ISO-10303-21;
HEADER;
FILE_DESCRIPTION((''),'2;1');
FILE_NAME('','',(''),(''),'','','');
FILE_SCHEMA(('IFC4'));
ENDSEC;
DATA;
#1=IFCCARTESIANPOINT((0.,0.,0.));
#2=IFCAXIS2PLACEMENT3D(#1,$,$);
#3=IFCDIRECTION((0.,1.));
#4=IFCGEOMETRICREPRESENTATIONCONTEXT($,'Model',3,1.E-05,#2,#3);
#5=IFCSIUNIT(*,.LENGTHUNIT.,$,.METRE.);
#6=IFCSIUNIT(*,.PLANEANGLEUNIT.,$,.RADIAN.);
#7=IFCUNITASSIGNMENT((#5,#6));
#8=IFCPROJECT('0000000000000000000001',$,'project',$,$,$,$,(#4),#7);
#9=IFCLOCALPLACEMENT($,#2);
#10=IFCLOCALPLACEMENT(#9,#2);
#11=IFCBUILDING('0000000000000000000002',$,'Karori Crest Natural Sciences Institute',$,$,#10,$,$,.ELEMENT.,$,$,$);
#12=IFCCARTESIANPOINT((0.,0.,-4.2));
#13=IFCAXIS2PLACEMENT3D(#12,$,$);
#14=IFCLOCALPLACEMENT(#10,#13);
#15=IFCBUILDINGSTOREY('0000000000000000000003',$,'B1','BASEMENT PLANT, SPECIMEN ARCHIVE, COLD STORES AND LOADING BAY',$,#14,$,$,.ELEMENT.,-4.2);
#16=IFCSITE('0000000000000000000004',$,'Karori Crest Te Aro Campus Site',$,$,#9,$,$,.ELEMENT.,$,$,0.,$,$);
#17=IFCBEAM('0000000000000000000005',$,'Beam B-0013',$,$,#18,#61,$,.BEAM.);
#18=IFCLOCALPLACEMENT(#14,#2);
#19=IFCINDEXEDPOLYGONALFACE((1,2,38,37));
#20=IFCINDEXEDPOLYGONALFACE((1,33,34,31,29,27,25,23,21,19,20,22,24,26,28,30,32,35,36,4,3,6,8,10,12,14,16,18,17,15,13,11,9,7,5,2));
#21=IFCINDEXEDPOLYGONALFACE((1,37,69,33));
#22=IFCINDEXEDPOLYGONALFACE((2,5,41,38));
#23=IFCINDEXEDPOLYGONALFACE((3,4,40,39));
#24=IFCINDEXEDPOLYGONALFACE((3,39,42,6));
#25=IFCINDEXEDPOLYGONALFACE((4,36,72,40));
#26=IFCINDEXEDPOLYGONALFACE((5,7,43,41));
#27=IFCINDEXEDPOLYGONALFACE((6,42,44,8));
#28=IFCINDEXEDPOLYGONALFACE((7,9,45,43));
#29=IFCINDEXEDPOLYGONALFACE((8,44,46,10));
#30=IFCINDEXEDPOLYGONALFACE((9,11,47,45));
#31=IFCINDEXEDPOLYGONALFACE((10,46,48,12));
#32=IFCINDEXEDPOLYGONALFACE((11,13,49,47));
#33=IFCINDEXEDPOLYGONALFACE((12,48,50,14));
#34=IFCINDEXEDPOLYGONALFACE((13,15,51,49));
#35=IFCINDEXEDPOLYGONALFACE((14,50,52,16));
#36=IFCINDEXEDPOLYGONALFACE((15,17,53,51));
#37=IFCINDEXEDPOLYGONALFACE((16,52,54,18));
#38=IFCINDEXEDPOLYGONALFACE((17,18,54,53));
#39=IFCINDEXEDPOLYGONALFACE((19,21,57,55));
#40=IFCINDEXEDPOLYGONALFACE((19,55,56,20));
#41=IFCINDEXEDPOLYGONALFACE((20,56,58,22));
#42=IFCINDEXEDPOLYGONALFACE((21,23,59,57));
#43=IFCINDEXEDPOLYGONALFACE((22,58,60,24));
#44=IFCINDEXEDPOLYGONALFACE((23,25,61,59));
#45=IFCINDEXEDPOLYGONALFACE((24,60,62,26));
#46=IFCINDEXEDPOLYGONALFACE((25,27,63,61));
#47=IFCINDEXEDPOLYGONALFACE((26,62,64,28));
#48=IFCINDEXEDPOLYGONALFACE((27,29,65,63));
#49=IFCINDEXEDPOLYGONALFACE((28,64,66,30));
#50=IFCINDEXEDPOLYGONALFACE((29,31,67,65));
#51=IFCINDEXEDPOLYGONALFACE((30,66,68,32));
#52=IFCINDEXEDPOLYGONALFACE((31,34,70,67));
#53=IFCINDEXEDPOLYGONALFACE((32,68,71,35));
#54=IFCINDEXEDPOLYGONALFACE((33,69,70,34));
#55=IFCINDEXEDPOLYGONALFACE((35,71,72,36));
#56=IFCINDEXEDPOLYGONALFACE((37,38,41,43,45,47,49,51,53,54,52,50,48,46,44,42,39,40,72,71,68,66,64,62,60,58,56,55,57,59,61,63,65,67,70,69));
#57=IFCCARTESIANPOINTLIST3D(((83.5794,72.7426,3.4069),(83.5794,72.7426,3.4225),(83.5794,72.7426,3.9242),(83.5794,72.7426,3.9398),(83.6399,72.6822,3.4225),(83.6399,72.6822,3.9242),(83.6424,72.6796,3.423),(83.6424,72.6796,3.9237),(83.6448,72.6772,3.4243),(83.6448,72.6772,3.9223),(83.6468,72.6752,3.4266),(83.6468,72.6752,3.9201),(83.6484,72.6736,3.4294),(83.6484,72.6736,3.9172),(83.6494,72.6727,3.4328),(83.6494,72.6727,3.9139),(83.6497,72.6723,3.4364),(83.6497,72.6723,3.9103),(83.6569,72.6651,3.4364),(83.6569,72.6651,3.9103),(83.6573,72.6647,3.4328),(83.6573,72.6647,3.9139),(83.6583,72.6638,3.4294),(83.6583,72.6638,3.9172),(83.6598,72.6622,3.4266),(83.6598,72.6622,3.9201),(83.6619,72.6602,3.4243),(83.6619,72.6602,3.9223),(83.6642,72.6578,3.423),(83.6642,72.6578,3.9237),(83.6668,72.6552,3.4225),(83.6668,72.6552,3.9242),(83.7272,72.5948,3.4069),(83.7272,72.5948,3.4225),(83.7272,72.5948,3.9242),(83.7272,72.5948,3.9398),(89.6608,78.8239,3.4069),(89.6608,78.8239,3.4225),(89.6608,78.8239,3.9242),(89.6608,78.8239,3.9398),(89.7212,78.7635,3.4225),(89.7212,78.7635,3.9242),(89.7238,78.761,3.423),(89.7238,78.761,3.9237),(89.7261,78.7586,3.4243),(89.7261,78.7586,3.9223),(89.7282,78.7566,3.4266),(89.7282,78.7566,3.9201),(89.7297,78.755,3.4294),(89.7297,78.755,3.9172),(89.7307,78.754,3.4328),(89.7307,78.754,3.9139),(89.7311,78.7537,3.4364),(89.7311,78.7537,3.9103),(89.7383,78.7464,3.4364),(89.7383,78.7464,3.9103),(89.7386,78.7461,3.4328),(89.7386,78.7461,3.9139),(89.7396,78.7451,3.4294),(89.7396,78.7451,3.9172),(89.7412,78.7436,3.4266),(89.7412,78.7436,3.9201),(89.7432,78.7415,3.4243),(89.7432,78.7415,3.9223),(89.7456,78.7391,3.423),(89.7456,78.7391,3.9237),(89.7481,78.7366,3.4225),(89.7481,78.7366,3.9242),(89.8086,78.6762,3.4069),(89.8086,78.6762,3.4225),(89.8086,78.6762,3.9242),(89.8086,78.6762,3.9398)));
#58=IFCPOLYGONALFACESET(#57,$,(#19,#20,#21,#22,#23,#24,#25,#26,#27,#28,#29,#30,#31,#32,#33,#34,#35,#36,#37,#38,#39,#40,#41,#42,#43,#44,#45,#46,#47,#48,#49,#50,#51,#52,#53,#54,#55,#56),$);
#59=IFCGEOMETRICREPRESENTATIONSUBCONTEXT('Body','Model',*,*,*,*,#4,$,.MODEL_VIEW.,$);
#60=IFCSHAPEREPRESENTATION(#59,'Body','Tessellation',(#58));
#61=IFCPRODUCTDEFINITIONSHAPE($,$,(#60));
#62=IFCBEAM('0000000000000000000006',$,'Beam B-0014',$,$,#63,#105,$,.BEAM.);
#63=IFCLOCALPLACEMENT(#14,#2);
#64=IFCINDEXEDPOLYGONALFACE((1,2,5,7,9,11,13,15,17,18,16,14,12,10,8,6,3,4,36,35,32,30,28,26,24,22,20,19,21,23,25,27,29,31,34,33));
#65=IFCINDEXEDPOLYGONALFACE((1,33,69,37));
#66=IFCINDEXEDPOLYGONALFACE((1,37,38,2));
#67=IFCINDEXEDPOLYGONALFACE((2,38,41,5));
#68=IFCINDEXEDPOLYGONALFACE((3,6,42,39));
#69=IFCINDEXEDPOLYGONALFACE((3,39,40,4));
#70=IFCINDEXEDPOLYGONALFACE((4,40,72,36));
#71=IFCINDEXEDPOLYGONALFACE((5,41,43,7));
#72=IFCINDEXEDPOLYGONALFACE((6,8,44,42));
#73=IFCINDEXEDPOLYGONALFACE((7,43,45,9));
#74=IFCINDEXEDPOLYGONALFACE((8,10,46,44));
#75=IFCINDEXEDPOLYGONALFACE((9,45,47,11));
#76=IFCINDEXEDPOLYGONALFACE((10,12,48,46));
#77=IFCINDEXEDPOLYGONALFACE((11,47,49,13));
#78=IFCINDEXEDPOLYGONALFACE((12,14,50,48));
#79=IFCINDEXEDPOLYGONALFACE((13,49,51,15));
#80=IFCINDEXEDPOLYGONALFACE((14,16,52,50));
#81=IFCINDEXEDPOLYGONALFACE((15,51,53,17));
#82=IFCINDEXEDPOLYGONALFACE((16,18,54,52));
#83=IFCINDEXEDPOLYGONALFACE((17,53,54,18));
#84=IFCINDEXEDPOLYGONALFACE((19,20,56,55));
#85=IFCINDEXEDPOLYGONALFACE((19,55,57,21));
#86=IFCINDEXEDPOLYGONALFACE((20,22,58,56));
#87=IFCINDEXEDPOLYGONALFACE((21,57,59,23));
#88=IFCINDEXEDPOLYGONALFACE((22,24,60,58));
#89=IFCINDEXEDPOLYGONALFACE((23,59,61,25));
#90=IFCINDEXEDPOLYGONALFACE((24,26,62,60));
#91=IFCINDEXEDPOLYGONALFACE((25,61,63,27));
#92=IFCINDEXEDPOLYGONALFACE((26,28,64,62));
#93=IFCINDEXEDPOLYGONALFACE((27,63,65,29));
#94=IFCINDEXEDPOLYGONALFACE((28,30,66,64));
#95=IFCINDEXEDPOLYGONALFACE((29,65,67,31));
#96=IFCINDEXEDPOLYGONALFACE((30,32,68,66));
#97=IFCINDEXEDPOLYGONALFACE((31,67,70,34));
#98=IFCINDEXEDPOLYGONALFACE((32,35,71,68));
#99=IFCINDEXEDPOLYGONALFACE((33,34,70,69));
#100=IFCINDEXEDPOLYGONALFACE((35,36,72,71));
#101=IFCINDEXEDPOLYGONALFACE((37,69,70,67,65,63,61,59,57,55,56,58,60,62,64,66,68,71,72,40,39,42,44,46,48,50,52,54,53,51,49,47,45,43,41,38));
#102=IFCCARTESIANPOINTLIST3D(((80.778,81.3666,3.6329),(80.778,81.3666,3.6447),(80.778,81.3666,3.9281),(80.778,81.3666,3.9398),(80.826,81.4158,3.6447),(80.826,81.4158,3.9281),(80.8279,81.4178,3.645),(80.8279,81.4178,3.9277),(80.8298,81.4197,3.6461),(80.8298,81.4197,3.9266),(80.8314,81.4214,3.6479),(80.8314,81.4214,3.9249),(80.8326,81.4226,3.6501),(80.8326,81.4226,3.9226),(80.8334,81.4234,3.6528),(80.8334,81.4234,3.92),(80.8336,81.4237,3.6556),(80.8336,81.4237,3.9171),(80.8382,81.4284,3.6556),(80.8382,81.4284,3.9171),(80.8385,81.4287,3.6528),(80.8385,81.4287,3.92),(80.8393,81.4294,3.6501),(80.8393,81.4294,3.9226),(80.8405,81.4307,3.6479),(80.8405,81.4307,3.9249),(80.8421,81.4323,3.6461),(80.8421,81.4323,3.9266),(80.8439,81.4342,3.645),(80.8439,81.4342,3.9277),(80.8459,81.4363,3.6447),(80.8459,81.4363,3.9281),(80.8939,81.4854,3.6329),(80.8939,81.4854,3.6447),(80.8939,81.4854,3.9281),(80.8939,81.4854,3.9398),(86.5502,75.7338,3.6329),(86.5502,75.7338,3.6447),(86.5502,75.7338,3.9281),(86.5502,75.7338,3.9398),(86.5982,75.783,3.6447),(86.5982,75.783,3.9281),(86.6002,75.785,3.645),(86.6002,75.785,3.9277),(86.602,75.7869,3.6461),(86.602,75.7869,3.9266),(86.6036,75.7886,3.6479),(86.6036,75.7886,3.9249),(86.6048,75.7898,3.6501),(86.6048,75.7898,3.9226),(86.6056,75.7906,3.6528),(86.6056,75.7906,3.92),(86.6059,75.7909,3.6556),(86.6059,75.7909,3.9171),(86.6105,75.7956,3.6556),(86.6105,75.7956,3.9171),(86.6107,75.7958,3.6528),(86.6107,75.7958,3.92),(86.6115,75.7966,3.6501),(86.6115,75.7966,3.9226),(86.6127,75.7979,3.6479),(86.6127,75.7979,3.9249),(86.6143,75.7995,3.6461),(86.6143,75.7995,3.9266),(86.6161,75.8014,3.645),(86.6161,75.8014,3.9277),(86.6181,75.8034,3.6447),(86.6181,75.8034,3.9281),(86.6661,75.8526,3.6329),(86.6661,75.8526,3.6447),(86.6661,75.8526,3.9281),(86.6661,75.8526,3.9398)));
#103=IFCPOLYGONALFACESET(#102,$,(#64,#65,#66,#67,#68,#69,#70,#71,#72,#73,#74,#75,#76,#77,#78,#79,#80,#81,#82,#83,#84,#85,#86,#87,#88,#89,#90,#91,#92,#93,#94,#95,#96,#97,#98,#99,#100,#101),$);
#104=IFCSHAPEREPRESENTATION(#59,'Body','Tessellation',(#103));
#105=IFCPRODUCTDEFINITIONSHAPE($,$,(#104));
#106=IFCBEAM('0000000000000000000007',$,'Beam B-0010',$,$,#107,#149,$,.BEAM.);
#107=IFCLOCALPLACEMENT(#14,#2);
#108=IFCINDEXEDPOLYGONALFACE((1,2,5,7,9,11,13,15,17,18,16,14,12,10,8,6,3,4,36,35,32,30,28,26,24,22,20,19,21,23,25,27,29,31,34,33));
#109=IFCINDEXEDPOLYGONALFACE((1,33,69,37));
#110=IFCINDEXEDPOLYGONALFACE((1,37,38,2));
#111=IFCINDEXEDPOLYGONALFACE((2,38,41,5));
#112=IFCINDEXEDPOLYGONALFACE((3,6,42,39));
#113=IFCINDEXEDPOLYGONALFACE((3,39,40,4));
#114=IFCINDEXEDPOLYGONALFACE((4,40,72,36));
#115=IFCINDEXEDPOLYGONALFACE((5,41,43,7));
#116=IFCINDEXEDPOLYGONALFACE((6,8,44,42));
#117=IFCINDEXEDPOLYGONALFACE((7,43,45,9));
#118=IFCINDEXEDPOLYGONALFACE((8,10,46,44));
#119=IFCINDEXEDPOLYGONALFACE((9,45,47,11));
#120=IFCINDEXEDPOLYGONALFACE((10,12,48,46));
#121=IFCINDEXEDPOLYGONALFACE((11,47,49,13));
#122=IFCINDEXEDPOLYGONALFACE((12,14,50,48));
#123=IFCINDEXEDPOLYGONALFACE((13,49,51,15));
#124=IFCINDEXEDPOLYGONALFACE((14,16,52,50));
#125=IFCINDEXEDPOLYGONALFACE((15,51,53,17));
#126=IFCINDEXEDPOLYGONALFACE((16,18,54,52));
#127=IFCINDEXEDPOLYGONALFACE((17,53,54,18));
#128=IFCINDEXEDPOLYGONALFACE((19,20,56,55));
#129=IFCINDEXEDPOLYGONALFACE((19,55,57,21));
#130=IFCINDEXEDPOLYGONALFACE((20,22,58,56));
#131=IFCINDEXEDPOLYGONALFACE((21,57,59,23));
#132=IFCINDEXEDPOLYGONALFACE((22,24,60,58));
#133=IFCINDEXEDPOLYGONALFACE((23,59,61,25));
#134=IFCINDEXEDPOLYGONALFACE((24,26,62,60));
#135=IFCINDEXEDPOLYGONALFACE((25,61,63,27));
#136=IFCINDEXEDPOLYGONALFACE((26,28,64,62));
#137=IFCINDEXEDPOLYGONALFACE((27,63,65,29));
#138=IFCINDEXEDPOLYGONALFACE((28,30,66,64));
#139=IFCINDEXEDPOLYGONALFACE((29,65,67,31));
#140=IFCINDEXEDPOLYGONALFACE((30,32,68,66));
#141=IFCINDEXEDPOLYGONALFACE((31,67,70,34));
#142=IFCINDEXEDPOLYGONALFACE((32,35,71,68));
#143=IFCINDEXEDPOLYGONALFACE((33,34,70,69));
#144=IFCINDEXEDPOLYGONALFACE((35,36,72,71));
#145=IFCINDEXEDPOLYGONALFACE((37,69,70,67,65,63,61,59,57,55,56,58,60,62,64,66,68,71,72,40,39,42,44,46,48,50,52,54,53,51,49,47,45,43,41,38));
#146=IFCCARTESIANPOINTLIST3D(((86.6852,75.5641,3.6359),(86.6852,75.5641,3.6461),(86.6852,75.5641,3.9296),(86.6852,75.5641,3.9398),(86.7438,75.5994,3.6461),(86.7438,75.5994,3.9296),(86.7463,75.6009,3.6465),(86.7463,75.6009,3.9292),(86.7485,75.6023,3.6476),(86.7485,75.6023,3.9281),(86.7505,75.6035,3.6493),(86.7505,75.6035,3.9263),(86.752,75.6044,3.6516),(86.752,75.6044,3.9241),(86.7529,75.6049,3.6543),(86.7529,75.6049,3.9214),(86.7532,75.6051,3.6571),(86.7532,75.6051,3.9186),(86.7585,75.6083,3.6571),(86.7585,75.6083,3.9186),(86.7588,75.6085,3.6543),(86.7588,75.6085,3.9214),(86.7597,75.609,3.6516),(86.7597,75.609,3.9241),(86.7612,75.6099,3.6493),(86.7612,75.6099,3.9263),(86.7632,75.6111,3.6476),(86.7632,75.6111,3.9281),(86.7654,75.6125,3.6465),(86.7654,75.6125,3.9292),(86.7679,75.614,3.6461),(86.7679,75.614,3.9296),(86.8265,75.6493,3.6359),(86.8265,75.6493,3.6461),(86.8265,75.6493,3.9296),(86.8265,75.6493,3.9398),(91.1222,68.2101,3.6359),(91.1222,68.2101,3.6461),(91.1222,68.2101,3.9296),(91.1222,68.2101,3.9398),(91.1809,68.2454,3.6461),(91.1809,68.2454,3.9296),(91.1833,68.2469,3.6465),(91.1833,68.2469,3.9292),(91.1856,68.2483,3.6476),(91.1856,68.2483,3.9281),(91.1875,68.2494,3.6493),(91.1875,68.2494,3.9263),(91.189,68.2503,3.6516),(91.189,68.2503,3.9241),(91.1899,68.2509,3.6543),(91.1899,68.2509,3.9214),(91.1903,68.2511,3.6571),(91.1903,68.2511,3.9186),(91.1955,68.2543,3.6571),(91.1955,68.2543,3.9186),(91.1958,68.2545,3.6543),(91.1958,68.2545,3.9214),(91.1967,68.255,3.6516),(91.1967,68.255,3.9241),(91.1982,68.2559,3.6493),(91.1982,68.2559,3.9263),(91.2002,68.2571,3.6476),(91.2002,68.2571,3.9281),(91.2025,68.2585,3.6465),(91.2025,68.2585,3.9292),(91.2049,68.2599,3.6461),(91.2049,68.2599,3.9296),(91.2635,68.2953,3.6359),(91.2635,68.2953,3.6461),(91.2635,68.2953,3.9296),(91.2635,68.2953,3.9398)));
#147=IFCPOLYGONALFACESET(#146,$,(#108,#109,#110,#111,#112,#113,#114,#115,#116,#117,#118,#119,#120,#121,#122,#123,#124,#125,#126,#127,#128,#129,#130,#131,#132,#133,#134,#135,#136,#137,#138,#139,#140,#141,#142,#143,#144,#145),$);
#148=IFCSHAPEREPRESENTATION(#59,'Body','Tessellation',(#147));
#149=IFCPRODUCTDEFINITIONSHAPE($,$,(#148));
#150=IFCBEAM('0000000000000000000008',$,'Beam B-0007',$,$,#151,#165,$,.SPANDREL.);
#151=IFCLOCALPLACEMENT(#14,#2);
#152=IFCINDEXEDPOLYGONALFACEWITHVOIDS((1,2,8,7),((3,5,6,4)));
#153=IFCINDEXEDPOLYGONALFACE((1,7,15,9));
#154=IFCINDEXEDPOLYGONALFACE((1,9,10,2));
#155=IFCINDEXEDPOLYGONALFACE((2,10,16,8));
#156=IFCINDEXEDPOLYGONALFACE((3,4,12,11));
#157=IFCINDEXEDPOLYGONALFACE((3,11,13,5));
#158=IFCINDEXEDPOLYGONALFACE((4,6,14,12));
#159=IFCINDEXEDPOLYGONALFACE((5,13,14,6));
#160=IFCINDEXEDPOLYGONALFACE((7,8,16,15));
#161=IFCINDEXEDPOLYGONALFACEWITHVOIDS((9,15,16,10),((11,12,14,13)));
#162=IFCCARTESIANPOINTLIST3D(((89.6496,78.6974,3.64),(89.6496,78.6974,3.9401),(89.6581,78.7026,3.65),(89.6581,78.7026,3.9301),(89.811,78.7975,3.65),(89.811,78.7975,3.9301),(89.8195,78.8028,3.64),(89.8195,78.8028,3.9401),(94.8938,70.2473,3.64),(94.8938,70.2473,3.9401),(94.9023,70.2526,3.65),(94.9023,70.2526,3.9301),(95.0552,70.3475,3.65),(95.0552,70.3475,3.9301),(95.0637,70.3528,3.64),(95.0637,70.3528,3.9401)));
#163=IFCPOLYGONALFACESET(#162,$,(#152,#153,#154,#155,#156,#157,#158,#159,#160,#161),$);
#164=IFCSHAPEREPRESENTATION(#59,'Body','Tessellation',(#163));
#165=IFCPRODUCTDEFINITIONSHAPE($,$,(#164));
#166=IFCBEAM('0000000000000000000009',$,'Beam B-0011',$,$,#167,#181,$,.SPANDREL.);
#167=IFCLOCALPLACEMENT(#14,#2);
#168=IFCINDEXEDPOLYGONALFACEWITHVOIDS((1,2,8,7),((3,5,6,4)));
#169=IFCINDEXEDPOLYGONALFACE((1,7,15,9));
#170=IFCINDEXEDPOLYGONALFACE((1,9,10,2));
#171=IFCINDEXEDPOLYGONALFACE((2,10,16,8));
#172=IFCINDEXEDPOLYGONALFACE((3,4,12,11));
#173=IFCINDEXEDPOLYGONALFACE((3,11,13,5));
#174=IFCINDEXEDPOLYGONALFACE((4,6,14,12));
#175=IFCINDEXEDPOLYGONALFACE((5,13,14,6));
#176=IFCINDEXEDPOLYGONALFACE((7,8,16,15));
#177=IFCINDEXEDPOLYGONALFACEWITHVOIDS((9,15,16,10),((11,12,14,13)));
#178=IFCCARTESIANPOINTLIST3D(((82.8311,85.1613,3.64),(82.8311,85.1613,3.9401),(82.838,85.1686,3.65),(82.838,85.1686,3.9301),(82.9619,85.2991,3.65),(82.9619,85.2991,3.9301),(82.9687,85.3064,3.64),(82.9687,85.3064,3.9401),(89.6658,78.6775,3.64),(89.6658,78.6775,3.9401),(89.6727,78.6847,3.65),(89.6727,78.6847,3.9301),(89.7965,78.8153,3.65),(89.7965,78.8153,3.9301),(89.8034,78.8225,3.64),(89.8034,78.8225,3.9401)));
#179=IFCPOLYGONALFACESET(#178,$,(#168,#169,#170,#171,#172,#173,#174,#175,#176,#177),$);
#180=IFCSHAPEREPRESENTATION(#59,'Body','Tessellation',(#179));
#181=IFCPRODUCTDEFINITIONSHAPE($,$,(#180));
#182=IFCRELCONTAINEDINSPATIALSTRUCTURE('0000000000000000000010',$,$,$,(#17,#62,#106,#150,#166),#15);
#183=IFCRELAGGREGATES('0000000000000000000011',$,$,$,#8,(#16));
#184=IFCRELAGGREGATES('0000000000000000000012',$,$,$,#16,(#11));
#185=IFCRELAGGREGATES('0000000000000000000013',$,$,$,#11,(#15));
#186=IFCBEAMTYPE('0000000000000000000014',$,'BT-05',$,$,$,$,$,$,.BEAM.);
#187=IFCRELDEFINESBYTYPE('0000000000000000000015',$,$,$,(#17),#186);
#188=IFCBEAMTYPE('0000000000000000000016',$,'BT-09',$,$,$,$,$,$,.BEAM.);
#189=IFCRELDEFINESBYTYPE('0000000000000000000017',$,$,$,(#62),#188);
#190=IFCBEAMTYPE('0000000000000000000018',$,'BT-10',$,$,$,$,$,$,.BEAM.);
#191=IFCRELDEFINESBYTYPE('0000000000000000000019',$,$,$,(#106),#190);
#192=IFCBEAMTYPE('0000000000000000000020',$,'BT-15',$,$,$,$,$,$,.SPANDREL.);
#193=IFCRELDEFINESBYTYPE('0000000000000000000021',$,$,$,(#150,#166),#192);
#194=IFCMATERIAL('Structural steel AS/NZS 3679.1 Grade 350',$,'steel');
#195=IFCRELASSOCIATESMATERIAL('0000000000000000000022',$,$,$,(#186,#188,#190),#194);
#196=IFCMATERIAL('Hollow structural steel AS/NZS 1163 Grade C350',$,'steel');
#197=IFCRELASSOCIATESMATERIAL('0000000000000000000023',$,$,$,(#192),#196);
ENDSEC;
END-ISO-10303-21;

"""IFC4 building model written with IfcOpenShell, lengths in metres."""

from ifc_helpers import new_model, si_unit, direction, frame, origin, origin_2d, place, context, subcontext, project, spatial, hollow_rectangle, i_section, extrude, material, material_profile, profile_set, type_object, element, save


model = new_model("IFC4")

# Units and contexts
model_context = context("Model", 3, precision=1e-05, world=origin(), true_north=direction((0.0, 1.0)))
body_context = subcontext(model_context, "Body", "Model", "MODEL_VIEW")
ifc_project = project(units=[si_unit("LENGTHUNIT", "METRE"), si_unit("PLANEANGLEUNIT", "RADIAN")], contexts=[model_context])

# Site, building, storey
site_placement = place(None, origin())
site = spatial("IfcSite", under=ifc_project, at=site_placement, Name="Karori Crest Te Aro Campus Site", CompositionType="ELEMENT", RefElevation=0.0)
building_placement = place(site_placement, origin())
building = spatial("IfcBuilding", under=site, at=building_placement, Name="Karori Crest Natural Sciences Institute", CompositionType="ELEMENT")
storey_placement = place(building_placement, frame((0.0, 0.0, -4.2)))
storey = spatial("IfcBuildingStorey", under=building, at=storey_placement, Name="B1", Description="BASEMENT PLANT, SPECIMEN ARCHIVE, COLD STORES AND LOADING BAY", CompositionType="ELEMENT", Elevation=-4.2)

# Shared definitions
ifc_material_1 = material(Name="Structural steel AS/NZS 3679.1 Grade 350", Category="steel")
ifc_material_2 = material(Name="Hollow structural steel AS/NZS 1163 Grade C350", Category="steel")

# Beams
ifc_material_profile_1 = material_profile(ifc_material_1, i_section(OverallWidth=0.209, OverallDepth=0.533, WebThickness=0.0103, FlangeThickness=0.0156, FilletRadius=0.0139, at=origin_2d()), Name="530UB92.4")
ifc_profile_set_1 = profile_set([ifc_material_profile_1], Name="Structural steel AS/NZS 3679.1 Grade 350")
beam_type_1 = type_object("IfcBeamType", Name="BT-05", PredefinedType="BEAM", material=ifc_profile_set_1)
beam_1_placement = place(storey_placement, frame((83.6533, 72.6687, 3.6733), z_axis=(0.707107, 0.707107, 0.0), x_axis=(-0.707107, 0.707107, 0.0)))
element("IfcBeam", 1, at=beam_1_placement, inside=storey, type_object=beam_type_1, Name="Beam B-0013", PredefinedType="BEAM", context=body_context, shape_type="SweptSolid", body=[
    extrude(i_section(OverallWidth=0.209, OverallDepth=0.533, WebThickness=0.0103, FlangeThickness=0.0156, FilletRadius=0.0139, at=origin_2d()), origin(), (0.0, 0.0, 1.0), 8.6003),
])
ifc_material_profile_2 = material_profile(ifc_material_1, i_section(OverallWidth=0.166, OverallDepth=0.3069, WebThickness=0.0066, FlangeThickness=0.0117, FilletRadius=0.011, at=origin_2d()), Name="310UB46.2")
ifc_profile_set_2 = profile_set([ifc_material_profile_2], Name="Structural steel AS/NZS 3679.1 Grade 350")
beam_type_2 = type_object("IfcBeamType", Name="BT-09", PredefinedType="BEAM", material=ifc_profile_set_2)
beam_2_placement = place(storey_placement, frame((86.6082, 75.7932, 3.7864), z_axis=(-0.715696, 0.698412, 0.0), x_axis=(-0.698412, -0.715696, 0.0)))
element("IfcBeam", 2, at=beam_2_placement, inside=storey, type_object=beam_type_2, Name="Beam B-0014", PredefinedType="BEAM", context=body_context, shape_type="SweptSolid", body=[
    extrude(i_section(OverallWidth=0.166, OverallDepth=0.3069, WebThickness=0.0066, FlangeThickness=0.0117, FilletRadius=0.011, at=origin_2d()), origin(), (0.0, 0.0, 1.0), 8.0652),
])
ifc_material_profile_3 = material_profile(ifc_material_1, i_section(OverallWidth=0.165, OverallDepth=0.304, WebThickness=0.0061, FlangeThickness=0.0103, FilletRadius=0.011, at=origin_2d()), Name="310UB40.4")
ifc_profile_set_3 = profile_set([ifc_material_profile_3], Name="Structural steel AS/NZS 3679.1 Grade 350")
beam_type_3 = type_object("IfcBeamType", Name="BT-10", PredefinedType="BEAM", material=ifc_profile_set_3)
beam_3_placement = place(storey_placement, frame((91.1929, 68.2527, 3.7878), z_axis=(-0.516601, 0.856226, 0.0), x_axis=(-0.856226, -0.516601, 0.0)))
element("IfcBeam", 3, at=beam_3_placement, inside=storey, type_object=beam_type_3, Name="Beam B-0010", PredefinedType="BEAM", context=body_context, shape_type="SweptSolid", body=[
    extrude(i_section(OverallWidth=0.165, OverallDepth=0.304, WebThickness=0.0061, FlangeThickness=0.0103, FilletRadius=0.011, at=origin_2d()), origin(), (0.0, 0.0, 1.0), 8.5889),
])
ifc_material_profile_4 = material_profile(ifc_material_2, hollow_rectangle(XDim=0.2, YDim=0.3, WallThickness=0.01, at=origin_2d()), Name="RHS300x200x10")
ifc_profile_set_4 = profile_set([ifc_material_profile_4], Name="Hollow structural steel AS/NZS 1163 Grade C350")
beam_type_4 = type_object("IfcBeamType", Name="BT-15", PredefinedType="SPANDREL", material=ifc_profile_set_4)
beam_4_placement = place(storey_placement, frame((94.9788, 70.3, 3.79), z_axis=(-0.527315, 0.84967, 0.0), x_axis=(-0.84967, -0.527315, 0.0)))
element("IfcBeam", 4, at=beam_4_placement, inside=storey, type_object=beam_type_4, Name="Beam B-0007", PredefinedType="SPANDREL", context=body_context, shape_type="SweptSolid", body=[
    extrude(hollow_rectangle(XDim=0.2, YDim=0.3, WallThickness=0.01, at=origin_2d()), origin(), (0.0, 0.0, 1.0), 9.9451),
])
beam_5_placement = place(storey_placement, frame((89.7346, 78.75, 3.79), z_axis=(-0.725481, 0.688242, 0.0), x_axis=(-0.688242, -0.725481, 0.0)))
element("IfcBeam", 5, at=beam_5_placement, inside=storey, type_object=beam_type_4, Name="Beam B-0011", PredefinedType="SPANDREL", context=body_context, shape_type="SweptSolid", body=[
    extrude(hollow_rectangle(XDim=0.2, YDim=0.3, WallThickness=0.01, at=origin_2d()), origin(), (0.0, 0.0, 1.0), 9.4209),
])

save(model, "model.ifc")
